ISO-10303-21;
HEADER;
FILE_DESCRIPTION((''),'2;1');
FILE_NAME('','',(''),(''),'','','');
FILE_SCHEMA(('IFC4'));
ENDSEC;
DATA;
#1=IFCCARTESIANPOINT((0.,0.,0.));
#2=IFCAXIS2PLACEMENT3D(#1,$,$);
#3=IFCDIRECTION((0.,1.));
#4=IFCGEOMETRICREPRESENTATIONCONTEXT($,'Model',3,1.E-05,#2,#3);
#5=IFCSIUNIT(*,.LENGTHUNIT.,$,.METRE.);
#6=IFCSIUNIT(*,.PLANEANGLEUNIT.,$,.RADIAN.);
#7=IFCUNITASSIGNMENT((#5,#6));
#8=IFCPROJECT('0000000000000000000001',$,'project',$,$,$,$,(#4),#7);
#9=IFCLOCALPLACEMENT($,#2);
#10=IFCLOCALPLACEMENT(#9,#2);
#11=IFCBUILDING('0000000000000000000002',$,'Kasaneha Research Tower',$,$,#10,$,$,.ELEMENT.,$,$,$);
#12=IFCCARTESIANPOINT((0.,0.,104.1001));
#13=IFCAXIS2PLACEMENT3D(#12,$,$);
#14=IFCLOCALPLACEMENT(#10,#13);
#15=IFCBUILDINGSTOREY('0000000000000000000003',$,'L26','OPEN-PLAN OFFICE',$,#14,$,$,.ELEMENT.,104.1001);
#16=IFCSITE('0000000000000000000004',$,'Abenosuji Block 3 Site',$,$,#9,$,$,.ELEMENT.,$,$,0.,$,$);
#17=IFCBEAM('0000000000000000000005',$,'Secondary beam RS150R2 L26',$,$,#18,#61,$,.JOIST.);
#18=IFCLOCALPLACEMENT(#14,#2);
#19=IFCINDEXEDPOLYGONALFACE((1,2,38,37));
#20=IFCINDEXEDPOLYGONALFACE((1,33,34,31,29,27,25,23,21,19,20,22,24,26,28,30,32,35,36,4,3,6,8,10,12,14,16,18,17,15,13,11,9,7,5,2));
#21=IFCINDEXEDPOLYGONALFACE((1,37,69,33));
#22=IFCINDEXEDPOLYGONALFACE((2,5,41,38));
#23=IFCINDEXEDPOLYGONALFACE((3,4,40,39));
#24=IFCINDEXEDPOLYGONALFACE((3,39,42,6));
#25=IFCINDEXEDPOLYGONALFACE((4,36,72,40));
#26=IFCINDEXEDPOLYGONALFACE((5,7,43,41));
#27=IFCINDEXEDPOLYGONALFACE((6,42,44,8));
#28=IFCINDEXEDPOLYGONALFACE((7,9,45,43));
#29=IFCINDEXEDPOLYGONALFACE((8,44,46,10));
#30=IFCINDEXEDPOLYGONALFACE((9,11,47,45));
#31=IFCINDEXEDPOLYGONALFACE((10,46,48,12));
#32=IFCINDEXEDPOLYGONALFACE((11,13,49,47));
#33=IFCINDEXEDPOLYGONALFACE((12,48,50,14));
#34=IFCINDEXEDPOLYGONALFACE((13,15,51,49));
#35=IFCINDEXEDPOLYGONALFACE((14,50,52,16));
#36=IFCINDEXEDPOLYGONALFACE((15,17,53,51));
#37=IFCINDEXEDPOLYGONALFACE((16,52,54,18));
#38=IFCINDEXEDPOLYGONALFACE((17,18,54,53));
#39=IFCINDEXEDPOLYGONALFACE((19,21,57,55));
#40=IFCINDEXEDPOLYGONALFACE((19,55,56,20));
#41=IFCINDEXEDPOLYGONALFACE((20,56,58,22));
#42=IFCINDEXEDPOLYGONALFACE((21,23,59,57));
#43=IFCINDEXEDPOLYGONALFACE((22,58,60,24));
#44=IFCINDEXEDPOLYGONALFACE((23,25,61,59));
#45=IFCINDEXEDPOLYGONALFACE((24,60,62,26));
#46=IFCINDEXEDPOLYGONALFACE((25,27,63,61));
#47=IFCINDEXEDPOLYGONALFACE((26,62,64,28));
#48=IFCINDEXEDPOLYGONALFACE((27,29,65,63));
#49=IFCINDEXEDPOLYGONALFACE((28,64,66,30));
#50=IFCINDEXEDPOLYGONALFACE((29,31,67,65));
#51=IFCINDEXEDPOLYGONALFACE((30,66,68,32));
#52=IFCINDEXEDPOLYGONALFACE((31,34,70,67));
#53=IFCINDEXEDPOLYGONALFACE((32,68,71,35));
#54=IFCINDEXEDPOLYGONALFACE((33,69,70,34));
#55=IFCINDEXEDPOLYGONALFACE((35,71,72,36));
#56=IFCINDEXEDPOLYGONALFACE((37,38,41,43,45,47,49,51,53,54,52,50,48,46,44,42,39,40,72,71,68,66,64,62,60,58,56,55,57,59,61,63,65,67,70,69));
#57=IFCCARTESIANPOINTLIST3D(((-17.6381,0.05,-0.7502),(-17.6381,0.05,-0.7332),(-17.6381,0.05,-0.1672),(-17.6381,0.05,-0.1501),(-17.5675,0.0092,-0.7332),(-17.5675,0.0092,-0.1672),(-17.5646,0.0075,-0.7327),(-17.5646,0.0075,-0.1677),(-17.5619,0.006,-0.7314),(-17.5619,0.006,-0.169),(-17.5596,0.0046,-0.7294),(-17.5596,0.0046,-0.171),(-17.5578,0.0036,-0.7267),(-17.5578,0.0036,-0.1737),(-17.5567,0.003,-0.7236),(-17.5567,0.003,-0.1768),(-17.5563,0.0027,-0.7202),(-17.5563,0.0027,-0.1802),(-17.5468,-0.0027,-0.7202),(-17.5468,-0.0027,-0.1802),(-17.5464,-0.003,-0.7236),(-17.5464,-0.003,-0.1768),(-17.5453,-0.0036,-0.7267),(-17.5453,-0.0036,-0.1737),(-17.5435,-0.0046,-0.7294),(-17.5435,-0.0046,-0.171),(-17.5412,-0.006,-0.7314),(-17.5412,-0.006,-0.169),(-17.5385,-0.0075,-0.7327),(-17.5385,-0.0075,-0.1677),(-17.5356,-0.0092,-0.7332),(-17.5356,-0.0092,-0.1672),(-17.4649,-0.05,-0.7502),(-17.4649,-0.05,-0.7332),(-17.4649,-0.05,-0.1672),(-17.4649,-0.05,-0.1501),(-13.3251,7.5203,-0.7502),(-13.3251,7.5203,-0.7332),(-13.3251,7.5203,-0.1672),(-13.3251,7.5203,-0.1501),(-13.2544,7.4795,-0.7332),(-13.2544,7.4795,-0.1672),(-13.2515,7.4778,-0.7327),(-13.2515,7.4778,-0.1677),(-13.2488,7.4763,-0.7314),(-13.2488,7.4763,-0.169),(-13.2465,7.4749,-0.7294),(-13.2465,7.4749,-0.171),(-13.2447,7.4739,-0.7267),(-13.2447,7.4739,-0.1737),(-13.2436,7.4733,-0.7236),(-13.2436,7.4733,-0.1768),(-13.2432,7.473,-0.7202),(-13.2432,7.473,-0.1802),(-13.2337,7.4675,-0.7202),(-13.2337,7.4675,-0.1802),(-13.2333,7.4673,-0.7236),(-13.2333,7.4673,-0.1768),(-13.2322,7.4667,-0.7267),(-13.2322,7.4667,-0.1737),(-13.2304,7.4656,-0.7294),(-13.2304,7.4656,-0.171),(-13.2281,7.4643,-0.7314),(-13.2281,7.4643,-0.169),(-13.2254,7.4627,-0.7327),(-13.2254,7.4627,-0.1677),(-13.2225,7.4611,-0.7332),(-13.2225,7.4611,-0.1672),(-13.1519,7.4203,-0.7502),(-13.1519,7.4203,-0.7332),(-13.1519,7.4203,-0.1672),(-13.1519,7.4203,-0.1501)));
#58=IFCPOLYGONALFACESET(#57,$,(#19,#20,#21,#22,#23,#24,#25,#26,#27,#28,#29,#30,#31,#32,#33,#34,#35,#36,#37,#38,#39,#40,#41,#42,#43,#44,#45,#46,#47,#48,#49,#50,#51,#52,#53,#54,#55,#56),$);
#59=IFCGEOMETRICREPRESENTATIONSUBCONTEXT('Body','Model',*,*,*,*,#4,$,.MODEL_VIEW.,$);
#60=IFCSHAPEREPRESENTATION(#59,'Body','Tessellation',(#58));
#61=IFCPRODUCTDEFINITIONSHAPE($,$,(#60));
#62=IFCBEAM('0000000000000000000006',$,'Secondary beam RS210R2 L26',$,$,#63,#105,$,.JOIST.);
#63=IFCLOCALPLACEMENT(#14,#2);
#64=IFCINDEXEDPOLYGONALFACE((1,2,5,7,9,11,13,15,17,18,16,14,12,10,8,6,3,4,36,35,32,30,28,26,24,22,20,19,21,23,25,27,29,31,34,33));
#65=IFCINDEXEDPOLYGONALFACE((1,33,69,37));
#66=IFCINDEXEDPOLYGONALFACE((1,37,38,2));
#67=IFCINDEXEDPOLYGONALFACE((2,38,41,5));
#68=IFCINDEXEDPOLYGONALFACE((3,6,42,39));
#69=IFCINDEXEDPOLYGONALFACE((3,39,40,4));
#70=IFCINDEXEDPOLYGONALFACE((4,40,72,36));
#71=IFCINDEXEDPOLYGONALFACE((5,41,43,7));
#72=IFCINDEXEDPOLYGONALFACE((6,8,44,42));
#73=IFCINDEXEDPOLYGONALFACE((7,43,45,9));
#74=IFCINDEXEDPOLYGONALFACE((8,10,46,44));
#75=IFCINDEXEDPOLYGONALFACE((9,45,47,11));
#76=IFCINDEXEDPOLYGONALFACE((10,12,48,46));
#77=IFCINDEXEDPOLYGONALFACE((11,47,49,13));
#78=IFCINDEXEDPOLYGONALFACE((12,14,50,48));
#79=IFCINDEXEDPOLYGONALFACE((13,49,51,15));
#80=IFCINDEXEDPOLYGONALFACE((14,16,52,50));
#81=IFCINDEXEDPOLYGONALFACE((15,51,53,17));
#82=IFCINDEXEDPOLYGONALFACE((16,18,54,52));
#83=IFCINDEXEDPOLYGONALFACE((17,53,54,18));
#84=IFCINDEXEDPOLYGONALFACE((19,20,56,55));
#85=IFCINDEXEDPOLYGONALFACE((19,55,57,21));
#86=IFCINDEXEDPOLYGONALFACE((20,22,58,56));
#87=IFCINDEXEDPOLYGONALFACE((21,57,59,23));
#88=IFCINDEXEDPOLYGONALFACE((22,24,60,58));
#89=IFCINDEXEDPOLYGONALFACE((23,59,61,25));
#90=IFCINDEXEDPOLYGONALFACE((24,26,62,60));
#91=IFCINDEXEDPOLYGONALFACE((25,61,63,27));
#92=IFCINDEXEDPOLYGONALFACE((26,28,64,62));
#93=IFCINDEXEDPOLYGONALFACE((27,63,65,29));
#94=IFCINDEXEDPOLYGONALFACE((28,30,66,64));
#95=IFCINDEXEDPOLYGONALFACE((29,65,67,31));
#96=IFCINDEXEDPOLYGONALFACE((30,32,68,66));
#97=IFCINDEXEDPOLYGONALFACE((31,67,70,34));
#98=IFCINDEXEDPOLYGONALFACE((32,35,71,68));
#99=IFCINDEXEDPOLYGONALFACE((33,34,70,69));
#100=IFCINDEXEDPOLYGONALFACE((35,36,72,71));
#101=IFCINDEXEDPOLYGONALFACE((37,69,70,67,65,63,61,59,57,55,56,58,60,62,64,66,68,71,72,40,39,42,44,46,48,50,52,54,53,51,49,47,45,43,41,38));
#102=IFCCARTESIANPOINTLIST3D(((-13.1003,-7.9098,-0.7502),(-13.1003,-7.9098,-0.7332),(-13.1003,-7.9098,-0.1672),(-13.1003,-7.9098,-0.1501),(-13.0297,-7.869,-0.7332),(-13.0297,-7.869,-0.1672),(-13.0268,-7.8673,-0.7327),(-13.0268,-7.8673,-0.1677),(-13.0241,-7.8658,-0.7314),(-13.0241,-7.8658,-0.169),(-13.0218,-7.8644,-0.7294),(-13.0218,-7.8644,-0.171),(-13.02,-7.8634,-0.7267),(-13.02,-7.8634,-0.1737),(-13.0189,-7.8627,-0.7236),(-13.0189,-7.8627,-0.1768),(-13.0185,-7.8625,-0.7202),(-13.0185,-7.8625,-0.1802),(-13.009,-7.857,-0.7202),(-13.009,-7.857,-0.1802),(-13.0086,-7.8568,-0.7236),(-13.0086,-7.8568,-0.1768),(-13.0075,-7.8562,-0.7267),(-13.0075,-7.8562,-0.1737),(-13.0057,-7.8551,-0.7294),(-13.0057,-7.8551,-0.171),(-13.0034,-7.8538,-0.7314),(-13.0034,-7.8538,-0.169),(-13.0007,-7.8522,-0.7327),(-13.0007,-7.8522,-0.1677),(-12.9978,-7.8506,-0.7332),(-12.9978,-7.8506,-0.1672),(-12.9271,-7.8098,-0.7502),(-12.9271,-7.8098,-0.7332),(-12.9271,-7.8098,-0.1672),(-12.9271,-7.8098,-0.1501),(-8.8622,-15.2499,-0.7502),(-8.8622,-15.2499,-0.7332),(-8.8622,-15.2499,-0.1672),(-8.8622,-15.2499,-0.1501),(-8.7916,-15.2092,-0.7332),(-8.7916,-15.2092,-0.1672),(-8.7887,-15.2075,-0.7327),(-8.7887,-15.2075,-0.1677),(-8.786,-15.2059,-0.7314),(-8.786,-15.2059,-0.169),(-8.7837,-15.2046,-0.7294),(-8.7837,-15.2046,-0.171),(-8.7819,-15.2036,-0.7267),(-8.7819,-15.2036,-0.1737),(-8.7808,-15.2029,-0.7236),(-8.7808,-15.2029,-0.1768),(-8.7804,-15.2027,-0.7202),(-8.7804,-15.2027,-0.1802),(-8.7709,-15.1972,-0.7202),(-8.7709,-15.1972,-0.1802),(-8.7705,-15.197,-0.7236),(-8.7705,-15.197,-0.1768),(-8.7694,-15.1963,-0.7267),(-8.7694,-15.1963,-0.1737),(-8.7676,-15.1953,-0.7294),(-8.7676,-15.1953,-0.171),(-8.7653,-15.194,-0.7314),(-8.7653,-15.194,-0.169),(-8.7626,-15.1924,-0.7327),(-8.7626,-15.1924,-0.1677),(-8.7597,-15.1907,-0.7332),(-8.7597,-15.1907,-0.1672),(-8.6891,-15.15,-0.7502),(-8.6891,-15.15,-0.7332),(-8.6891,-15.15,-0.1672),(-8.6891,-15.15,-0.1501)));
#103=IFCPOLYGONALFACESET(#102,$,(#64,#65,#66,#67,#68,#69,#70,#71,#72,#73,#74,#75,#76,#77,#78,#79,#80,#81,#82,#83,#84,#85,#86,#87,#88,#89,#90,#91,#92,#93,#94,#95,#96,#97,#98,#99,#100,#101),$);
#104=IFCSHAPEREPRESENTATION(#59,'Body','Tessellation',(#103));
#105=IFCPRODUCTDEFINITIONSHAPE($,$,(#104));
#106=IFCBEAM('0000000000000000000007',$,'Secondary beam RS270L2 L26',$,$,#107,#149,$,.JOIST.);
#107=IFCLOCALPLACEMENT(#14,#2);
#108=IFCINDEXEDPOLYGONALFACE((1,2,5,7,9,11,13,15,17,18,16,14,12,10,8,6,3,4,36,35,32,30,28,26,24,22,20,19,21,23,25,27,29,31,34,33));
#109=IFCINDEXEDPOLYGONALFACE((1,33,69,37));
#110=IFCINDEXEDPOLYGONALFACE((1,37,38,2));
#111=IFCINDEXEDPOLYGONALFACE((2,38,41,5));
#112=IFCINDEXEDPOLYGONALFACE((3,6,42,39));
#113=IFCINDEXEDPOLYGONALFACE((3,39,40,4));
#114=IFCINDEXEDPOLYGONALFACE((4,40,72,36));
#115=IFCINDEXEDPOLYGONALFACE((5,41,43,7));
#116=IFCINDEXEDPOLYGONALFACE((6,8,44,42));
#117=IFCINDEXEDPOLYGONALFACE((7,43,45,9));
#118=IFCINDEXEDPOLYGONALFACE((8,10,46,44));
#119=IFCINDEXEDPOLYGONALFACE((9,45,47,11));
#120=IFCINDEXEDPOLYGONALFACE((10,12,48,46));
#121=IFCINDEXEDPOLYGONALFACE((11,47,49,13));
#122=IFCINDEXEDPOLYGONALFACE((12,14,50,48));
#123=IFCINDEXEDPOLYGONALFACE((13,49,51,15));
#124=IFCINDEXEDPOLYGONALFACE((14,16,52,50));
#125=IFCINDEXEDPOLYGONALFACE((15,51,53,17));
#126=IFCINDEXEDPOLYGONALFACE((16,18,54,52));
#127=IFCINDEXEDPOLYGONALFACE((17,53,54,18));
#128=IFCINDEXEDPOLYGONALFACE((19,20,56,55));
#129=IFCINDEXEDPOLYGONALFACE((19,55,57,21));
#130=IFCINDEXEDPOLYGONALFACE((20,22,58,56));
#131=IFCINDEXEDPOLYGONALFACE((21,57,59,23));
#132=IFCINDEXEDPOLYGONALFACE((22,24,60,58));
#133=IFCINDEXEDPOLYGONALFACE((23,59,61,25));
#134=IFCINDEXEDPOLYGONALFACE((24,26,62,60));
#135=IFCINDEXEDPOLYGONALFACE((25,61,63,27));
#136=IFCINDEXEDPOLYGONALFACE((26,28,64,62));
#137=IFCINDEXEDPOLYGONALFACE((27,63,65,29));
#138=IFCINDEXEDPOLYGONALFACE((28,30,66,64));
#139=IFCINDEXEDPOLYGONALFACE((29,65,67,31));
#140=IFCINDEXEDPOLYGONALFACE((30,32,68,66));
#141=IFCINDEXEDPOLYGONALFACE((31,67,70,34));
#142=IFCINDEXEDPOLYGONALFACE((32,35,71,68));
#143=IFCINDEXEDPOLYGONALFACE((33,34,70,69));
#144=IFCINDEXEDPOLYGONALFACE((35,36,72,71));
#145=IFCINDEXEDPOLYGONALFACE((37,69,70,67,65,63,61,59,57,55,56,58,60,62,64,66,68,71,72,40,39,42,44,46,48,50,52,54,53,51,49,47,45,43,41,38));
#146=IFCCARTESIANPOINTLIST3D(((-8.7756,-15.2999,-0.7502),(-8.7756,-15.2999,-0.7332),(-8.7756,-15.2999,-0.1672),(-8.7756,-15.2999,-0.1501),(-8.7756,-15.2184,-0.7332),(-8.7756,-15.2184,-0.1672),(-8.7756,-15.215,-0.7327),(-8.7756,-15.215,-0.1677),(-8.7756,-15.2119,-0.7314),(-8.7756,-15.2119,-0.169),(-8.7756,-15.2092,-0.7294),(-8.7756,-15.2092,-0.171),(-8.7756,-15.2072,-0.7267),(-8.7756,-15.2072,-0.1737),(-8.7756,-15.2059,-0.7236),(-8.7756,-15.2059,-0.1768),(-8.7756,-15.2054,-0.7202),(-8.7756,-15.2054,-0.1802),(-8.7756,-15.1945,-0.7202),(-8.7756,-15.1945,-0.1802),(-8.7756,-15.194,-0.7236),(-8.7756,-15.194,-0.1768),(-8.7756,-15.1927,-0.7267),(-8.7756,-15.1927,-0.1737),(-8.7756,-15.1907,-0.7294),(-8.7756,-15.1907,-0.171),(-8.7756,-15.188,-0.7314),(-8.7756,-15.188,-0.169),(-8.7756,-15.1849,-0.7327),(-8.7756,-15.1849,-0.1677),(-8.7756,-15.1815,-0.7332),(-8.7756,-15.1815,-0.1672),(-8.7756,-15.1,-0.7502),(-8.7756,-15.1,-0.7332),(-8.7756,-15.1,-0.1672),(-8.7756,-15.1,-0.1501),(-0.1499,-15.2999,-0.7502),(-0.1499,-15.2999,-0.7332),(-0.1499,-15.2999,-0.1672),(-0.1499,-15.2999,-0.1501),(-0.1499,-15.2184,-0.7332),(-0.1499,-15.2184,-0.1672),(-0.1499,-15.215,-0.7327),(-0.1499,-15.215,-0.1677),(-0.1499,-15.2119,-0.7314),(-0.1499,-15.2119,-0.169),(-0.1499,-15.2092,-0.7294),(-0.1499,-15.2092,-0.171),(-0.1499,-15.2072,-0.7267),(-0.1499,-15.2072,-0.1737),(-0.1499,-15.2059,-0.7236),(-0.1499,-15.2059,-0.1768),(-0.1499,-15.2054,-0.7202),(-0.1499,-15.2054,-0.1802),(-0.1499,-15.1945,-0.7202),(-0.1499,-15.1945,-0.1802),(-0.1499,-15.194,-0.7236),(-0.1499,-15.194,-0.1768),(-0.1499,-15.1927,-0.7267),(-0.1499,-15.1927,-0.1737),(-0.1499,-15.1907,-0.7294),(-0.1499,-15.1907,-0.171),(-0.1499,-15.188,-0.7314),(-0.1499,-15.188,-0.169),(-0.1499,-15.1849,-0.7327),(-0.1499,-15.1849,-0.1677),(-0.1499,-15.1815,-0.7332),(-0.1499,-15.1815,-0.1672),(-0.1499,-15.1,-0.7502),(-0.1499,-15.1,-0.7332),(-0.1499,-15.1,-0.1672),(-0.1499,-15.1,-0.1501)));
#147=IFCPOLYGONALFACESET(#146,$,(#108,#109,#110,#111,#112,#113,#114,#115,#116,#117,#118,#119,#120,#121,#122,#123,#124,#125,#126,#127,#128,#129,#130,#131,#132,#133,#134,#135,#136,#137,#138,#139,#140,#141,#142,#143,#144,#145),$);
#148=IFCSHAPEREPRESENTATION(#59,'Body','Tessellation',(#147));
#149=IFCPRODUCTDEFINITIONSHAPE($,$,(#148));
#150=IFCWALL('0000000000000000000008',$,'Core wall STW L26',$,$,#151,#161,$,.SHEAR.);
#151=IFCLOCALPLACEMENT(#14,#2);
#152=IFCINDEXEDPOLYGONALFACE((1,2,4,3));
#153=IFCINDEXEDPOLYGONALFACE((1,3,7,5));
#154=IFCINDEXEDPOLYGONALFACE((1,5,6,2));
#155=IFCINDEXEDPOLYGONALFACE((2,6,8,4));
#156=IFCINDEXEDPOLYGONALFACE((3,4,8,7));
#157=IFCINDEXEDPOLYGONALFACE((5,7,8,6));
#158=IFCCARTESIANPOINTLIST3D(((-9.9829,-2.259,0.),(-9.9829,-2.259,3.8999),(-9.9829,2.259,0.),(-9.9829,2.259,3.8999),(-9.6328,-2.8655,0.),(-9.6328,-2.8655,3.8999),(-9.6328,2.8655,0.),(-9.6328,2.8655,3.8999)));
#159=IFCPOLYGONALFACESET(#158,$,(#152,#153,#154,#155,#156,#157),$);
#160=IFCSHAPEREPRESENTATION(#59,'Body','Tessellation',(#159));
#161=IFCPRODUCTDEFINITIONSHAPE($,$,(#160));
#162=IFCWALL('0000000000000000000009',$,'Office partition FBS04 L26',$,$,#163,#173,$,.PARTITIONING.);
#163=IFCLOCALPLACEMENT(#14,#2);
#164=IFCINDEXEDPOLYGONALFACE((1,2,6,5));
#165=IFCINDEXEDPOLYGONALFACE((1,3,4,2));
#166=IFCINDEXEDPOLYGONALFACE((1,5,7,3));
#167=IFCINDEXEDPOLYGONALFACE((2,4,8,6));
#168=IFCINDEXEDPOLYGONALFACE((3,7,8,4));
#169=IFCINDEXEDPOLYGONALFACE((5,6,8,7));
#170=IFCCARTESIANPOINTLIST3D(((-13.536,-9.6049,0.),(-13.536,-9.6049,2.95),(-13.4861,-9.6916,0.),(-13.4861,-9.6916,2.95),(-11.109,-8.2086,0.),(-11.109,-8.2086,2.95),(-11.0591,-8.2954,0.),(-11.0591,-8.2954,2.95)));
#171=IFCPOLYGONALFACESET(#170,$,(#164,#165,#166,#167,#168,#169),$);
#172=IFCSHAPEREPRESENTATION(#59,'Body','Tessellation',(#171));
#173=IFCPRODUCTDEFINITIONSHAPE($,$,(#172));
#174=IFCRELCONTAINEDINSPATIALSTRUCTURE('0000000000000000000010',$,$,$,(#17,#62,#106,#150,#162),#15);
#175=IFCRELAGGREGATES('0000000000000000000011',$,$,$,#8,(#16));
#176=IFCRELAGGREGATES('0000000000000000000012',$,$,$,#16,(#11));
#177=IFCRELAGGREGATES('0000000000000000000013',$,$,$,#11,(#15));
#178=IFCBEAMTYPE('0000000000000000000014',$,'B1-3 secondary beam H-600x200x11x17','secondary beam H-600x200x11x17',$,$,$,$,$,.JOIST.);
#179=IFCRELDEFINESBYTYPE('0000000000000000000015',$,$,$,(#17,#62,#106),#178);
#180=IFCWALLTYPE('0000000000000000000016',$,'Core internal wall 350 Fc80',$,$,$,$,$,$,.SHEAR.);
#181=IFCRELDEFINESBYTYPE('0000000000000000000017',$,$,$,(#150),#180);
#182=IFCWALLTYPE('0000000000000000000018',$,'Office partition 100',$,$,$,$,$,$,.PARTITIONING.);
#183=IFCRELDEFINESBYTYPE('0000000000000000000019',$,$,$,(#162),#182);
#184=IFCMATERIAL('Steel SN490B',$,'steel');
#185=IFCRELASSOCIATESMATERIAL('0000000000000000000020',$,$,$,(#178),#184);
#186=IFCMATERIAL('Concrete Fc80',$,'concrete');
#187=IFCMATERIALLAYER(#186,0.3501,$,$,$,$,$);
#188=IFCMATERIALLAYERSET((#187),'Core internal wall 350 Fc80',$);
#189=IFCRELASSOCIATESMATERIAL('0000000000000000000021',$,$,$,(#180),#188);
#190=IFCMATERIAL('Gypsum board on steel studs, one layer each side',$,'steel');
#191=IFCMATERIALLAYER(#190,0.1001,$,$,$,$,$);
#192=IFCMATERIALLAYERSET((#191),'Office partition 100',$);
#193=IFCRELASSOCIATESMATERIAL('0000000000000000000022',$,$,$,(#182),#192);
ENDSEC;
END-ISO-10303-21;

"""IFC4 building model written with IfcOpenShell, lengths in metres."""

from ifc_helpers import new_model, si_unit, direction, frame, frame_2d, origin, origin_2d, place, context, subcontext, project, spatial, polyline, rectangle, i_section, outline, extrude, material, layer, layer_set, material_profile, profile_set, type_object, element, save


model = new_model("IFC4")

# Units and contexts
model_context = context("Model", 3, precision=1e-05, world=origin(), true_north=direction((0.0, 1.0)))
body_context = subcontext(model_context, "Body", "Model", "MODEL_VIEW")
ifc_project = project(units=[si_unit("LENGTHUNIT", "METRE"), si_unit("PLANEANGLEUNIT", "RADIAN")], contexts=[model_context])

# Site, building, storey
site_placement = place(None, origin())
site = spatial("IfcSite", under=ifc_project, at=site_placement, Name="Abenosuji Block 3 Site", CompositionType="ELEMENT", RefElevation=0.0)
building_placement = place(site_placement, origin())
building = spatial("IfcBuilding", under=site, at=building_placement, Name="Kasaneha Research Tower", CompositionType="ELEMENT")
storey_placement = place(building_placement, frame((0.0, 0.0, 104.1001)))
storey = spatial("IfcBuildingStorey", under=building, at=storey_placement, Name="L26", Description="OPEN-PLAN OFFICE", CompositionType="ELEMENT", Elevation=104.1001)

# Beams
ifc_material_1 = material(Name="Steel SN490B", Category="steel")
ifc_material_profile_1 = material_profile(ifc_material_1, i_section(OverallWidth=0.2, OverallDepth=0.6001, WebThickness=0.011, FlangeThickness=0.0171, FilletRadius=0.0129, at=origin_2d()), Name="H-600x200x11x17")
ifc_profile_set_1 = profile_set([ifc_material_profile_1], Name="Steel SN490B")
beam_type = type_object("IfcBeamType", Name="B1-3 secondary beam H-600x200x11x17", Description="secondary beam H-600x200x11x17", PredefinedType="JOIST", material=ifc_profile_set_1)
beam_1_placement = place(storey_placement, frame((-17.5515, 0.0, -0.4502), z_axis=(0.500005, 0.866023, 0.0), x_axis=(-0.866023, 0.500005, 0.0)))
element("IfcBeam", 1, at=beam_1_placement, inside=storey, type_object=beam_type, Name="Secondary beam RS150R2 L26", PredefinedType="JOIST", context=body_context, shape_type="SweptSolid", body=[
    extrude(i_section(OverallWidth=0.2, OverallDepth=0.6001, WebThickness=0.011, FlangeThickness=0.0171, FilletRadius=0.0129, at=origin_2d()), origin(), (0.0, 0.0, 1.0), 8.626),
])
beam_2_placement = place(storey_placement, frame((-8.7756, -15.2, -0.4502), z_axis=(-0.500021, 0.866013, 0.0), x_axis=(-0.866013, -0.500021, 0.0)))
element("IfcBeam", 2, at=beam_2_placement, inside=storey, type_object=beam_type, Name="Secondary beam RS210R2 L26", PredefinedType="JOIST", context=body_context, shape_type="SweptSolid", body=[
    extrude(i_section(OverallWidth=0.2, OverallDepth=0.6001, WebThickness=0.011, FlangeThickness=0.0171, FilletRadius=0.0129, at=origin_2d()), origin(), (0.0, 0.0, 1.0), 8.4758),
])
beam_3_placement = place(storey_placement, frame((-8.7756, -15.2, -0.4502), z_axis=(1.0, 0.0, 0.0), x_axis=(0.0, 1.0, 0.0)))
element("IfcBeam", 3, at=beam_3_placement, inside=storey, type_object=beam_type, Name="Secondary beam RS270L2 L26", PredefinedType="JOIST", context=body_context, shape_type="SweptSolid", body=[
    extrude(i_section(OverallWidth=0.2, OverallDepth=0.6001, WebThickness=0.011, FlangeThickness=0.0171, FilletRadius=0.0129, at=origin_2d()), origin(), (0.0, 0.0, 1.0), 8.6257),
])

# Shared definitions
ifc_material_2 = material(Name="Concrete Fc80", Category="concrete")
ifc_layer_1 = layer(ifc_material_2, 0.3501)
ifc_layer_set_1 = layer_set([ifc_layer_1], Name="Core internal wall 350 Fc80")
wall_type_1 = type_object("IfcWallType", Name="Core internal wall 350 Fc80", PredefinedType="SHEAR", material=ifc_layer_set_1)

# Walls
wall_1_placement = place(storey_placement, frame((-9.8079, -2.5623, 0.0), z_axis=(0.0, 0.0, 1.0), x_axis=(0.0, 1.0, 0.0)))
element("IfcWall", 4, at=wall_1_placement, inside=storey, type_object=wall_type_1, Name="Core wall STW L26", PredefinedType="SHEAR", context=body_context, shape_type="SweptSolid", body=[
    extrude(outline(polyline([(-0.3032, -0.175), (5.4277, -0.175), (4.8213, 0.175), (0.3032, 0.175), (-0.3032, -0.175)])), origin(), (0.0, 0.0, 1.0), 3.8999),
])
ifc_material_3 = material(Name="Gypsum board on steel studs, one layer each side", Category="steel")
ifc_layer_2 = layer(ifc_material_3, 0.1001)
ifc_layer_set_2 = layer_set([ifc_layer_2], Name="Office partition 100")
wall_type_2 = type_object("IfcWallType", Name="Office partition 100", PredefinedType="PARTITIONING", material=ifc_layer_set_2)
wall_2_placement = place(storey_placement, frame((-13.511, -9.6482, 0.0), z_axis=(0.0, 0.0, 1.0), x_axis=(0.866796, 0.498663, 0.0)))
element("IfcWall", 5, at=wall_2_placement, inside=storey, type_object=wall_type_2, Name="Office partition FBS04 L26", PredefinedType="PARTITIONING", context=body_context, shape_type="SweptSolid", body=[
    extrude(rectangle(XDim=2.8, YDim=0.1001, at=frame_2d((1.3999, 0.0))), origin(), (0.0, 0.0, 1.0), 2.95),
])

save(model, "model.ifc")
